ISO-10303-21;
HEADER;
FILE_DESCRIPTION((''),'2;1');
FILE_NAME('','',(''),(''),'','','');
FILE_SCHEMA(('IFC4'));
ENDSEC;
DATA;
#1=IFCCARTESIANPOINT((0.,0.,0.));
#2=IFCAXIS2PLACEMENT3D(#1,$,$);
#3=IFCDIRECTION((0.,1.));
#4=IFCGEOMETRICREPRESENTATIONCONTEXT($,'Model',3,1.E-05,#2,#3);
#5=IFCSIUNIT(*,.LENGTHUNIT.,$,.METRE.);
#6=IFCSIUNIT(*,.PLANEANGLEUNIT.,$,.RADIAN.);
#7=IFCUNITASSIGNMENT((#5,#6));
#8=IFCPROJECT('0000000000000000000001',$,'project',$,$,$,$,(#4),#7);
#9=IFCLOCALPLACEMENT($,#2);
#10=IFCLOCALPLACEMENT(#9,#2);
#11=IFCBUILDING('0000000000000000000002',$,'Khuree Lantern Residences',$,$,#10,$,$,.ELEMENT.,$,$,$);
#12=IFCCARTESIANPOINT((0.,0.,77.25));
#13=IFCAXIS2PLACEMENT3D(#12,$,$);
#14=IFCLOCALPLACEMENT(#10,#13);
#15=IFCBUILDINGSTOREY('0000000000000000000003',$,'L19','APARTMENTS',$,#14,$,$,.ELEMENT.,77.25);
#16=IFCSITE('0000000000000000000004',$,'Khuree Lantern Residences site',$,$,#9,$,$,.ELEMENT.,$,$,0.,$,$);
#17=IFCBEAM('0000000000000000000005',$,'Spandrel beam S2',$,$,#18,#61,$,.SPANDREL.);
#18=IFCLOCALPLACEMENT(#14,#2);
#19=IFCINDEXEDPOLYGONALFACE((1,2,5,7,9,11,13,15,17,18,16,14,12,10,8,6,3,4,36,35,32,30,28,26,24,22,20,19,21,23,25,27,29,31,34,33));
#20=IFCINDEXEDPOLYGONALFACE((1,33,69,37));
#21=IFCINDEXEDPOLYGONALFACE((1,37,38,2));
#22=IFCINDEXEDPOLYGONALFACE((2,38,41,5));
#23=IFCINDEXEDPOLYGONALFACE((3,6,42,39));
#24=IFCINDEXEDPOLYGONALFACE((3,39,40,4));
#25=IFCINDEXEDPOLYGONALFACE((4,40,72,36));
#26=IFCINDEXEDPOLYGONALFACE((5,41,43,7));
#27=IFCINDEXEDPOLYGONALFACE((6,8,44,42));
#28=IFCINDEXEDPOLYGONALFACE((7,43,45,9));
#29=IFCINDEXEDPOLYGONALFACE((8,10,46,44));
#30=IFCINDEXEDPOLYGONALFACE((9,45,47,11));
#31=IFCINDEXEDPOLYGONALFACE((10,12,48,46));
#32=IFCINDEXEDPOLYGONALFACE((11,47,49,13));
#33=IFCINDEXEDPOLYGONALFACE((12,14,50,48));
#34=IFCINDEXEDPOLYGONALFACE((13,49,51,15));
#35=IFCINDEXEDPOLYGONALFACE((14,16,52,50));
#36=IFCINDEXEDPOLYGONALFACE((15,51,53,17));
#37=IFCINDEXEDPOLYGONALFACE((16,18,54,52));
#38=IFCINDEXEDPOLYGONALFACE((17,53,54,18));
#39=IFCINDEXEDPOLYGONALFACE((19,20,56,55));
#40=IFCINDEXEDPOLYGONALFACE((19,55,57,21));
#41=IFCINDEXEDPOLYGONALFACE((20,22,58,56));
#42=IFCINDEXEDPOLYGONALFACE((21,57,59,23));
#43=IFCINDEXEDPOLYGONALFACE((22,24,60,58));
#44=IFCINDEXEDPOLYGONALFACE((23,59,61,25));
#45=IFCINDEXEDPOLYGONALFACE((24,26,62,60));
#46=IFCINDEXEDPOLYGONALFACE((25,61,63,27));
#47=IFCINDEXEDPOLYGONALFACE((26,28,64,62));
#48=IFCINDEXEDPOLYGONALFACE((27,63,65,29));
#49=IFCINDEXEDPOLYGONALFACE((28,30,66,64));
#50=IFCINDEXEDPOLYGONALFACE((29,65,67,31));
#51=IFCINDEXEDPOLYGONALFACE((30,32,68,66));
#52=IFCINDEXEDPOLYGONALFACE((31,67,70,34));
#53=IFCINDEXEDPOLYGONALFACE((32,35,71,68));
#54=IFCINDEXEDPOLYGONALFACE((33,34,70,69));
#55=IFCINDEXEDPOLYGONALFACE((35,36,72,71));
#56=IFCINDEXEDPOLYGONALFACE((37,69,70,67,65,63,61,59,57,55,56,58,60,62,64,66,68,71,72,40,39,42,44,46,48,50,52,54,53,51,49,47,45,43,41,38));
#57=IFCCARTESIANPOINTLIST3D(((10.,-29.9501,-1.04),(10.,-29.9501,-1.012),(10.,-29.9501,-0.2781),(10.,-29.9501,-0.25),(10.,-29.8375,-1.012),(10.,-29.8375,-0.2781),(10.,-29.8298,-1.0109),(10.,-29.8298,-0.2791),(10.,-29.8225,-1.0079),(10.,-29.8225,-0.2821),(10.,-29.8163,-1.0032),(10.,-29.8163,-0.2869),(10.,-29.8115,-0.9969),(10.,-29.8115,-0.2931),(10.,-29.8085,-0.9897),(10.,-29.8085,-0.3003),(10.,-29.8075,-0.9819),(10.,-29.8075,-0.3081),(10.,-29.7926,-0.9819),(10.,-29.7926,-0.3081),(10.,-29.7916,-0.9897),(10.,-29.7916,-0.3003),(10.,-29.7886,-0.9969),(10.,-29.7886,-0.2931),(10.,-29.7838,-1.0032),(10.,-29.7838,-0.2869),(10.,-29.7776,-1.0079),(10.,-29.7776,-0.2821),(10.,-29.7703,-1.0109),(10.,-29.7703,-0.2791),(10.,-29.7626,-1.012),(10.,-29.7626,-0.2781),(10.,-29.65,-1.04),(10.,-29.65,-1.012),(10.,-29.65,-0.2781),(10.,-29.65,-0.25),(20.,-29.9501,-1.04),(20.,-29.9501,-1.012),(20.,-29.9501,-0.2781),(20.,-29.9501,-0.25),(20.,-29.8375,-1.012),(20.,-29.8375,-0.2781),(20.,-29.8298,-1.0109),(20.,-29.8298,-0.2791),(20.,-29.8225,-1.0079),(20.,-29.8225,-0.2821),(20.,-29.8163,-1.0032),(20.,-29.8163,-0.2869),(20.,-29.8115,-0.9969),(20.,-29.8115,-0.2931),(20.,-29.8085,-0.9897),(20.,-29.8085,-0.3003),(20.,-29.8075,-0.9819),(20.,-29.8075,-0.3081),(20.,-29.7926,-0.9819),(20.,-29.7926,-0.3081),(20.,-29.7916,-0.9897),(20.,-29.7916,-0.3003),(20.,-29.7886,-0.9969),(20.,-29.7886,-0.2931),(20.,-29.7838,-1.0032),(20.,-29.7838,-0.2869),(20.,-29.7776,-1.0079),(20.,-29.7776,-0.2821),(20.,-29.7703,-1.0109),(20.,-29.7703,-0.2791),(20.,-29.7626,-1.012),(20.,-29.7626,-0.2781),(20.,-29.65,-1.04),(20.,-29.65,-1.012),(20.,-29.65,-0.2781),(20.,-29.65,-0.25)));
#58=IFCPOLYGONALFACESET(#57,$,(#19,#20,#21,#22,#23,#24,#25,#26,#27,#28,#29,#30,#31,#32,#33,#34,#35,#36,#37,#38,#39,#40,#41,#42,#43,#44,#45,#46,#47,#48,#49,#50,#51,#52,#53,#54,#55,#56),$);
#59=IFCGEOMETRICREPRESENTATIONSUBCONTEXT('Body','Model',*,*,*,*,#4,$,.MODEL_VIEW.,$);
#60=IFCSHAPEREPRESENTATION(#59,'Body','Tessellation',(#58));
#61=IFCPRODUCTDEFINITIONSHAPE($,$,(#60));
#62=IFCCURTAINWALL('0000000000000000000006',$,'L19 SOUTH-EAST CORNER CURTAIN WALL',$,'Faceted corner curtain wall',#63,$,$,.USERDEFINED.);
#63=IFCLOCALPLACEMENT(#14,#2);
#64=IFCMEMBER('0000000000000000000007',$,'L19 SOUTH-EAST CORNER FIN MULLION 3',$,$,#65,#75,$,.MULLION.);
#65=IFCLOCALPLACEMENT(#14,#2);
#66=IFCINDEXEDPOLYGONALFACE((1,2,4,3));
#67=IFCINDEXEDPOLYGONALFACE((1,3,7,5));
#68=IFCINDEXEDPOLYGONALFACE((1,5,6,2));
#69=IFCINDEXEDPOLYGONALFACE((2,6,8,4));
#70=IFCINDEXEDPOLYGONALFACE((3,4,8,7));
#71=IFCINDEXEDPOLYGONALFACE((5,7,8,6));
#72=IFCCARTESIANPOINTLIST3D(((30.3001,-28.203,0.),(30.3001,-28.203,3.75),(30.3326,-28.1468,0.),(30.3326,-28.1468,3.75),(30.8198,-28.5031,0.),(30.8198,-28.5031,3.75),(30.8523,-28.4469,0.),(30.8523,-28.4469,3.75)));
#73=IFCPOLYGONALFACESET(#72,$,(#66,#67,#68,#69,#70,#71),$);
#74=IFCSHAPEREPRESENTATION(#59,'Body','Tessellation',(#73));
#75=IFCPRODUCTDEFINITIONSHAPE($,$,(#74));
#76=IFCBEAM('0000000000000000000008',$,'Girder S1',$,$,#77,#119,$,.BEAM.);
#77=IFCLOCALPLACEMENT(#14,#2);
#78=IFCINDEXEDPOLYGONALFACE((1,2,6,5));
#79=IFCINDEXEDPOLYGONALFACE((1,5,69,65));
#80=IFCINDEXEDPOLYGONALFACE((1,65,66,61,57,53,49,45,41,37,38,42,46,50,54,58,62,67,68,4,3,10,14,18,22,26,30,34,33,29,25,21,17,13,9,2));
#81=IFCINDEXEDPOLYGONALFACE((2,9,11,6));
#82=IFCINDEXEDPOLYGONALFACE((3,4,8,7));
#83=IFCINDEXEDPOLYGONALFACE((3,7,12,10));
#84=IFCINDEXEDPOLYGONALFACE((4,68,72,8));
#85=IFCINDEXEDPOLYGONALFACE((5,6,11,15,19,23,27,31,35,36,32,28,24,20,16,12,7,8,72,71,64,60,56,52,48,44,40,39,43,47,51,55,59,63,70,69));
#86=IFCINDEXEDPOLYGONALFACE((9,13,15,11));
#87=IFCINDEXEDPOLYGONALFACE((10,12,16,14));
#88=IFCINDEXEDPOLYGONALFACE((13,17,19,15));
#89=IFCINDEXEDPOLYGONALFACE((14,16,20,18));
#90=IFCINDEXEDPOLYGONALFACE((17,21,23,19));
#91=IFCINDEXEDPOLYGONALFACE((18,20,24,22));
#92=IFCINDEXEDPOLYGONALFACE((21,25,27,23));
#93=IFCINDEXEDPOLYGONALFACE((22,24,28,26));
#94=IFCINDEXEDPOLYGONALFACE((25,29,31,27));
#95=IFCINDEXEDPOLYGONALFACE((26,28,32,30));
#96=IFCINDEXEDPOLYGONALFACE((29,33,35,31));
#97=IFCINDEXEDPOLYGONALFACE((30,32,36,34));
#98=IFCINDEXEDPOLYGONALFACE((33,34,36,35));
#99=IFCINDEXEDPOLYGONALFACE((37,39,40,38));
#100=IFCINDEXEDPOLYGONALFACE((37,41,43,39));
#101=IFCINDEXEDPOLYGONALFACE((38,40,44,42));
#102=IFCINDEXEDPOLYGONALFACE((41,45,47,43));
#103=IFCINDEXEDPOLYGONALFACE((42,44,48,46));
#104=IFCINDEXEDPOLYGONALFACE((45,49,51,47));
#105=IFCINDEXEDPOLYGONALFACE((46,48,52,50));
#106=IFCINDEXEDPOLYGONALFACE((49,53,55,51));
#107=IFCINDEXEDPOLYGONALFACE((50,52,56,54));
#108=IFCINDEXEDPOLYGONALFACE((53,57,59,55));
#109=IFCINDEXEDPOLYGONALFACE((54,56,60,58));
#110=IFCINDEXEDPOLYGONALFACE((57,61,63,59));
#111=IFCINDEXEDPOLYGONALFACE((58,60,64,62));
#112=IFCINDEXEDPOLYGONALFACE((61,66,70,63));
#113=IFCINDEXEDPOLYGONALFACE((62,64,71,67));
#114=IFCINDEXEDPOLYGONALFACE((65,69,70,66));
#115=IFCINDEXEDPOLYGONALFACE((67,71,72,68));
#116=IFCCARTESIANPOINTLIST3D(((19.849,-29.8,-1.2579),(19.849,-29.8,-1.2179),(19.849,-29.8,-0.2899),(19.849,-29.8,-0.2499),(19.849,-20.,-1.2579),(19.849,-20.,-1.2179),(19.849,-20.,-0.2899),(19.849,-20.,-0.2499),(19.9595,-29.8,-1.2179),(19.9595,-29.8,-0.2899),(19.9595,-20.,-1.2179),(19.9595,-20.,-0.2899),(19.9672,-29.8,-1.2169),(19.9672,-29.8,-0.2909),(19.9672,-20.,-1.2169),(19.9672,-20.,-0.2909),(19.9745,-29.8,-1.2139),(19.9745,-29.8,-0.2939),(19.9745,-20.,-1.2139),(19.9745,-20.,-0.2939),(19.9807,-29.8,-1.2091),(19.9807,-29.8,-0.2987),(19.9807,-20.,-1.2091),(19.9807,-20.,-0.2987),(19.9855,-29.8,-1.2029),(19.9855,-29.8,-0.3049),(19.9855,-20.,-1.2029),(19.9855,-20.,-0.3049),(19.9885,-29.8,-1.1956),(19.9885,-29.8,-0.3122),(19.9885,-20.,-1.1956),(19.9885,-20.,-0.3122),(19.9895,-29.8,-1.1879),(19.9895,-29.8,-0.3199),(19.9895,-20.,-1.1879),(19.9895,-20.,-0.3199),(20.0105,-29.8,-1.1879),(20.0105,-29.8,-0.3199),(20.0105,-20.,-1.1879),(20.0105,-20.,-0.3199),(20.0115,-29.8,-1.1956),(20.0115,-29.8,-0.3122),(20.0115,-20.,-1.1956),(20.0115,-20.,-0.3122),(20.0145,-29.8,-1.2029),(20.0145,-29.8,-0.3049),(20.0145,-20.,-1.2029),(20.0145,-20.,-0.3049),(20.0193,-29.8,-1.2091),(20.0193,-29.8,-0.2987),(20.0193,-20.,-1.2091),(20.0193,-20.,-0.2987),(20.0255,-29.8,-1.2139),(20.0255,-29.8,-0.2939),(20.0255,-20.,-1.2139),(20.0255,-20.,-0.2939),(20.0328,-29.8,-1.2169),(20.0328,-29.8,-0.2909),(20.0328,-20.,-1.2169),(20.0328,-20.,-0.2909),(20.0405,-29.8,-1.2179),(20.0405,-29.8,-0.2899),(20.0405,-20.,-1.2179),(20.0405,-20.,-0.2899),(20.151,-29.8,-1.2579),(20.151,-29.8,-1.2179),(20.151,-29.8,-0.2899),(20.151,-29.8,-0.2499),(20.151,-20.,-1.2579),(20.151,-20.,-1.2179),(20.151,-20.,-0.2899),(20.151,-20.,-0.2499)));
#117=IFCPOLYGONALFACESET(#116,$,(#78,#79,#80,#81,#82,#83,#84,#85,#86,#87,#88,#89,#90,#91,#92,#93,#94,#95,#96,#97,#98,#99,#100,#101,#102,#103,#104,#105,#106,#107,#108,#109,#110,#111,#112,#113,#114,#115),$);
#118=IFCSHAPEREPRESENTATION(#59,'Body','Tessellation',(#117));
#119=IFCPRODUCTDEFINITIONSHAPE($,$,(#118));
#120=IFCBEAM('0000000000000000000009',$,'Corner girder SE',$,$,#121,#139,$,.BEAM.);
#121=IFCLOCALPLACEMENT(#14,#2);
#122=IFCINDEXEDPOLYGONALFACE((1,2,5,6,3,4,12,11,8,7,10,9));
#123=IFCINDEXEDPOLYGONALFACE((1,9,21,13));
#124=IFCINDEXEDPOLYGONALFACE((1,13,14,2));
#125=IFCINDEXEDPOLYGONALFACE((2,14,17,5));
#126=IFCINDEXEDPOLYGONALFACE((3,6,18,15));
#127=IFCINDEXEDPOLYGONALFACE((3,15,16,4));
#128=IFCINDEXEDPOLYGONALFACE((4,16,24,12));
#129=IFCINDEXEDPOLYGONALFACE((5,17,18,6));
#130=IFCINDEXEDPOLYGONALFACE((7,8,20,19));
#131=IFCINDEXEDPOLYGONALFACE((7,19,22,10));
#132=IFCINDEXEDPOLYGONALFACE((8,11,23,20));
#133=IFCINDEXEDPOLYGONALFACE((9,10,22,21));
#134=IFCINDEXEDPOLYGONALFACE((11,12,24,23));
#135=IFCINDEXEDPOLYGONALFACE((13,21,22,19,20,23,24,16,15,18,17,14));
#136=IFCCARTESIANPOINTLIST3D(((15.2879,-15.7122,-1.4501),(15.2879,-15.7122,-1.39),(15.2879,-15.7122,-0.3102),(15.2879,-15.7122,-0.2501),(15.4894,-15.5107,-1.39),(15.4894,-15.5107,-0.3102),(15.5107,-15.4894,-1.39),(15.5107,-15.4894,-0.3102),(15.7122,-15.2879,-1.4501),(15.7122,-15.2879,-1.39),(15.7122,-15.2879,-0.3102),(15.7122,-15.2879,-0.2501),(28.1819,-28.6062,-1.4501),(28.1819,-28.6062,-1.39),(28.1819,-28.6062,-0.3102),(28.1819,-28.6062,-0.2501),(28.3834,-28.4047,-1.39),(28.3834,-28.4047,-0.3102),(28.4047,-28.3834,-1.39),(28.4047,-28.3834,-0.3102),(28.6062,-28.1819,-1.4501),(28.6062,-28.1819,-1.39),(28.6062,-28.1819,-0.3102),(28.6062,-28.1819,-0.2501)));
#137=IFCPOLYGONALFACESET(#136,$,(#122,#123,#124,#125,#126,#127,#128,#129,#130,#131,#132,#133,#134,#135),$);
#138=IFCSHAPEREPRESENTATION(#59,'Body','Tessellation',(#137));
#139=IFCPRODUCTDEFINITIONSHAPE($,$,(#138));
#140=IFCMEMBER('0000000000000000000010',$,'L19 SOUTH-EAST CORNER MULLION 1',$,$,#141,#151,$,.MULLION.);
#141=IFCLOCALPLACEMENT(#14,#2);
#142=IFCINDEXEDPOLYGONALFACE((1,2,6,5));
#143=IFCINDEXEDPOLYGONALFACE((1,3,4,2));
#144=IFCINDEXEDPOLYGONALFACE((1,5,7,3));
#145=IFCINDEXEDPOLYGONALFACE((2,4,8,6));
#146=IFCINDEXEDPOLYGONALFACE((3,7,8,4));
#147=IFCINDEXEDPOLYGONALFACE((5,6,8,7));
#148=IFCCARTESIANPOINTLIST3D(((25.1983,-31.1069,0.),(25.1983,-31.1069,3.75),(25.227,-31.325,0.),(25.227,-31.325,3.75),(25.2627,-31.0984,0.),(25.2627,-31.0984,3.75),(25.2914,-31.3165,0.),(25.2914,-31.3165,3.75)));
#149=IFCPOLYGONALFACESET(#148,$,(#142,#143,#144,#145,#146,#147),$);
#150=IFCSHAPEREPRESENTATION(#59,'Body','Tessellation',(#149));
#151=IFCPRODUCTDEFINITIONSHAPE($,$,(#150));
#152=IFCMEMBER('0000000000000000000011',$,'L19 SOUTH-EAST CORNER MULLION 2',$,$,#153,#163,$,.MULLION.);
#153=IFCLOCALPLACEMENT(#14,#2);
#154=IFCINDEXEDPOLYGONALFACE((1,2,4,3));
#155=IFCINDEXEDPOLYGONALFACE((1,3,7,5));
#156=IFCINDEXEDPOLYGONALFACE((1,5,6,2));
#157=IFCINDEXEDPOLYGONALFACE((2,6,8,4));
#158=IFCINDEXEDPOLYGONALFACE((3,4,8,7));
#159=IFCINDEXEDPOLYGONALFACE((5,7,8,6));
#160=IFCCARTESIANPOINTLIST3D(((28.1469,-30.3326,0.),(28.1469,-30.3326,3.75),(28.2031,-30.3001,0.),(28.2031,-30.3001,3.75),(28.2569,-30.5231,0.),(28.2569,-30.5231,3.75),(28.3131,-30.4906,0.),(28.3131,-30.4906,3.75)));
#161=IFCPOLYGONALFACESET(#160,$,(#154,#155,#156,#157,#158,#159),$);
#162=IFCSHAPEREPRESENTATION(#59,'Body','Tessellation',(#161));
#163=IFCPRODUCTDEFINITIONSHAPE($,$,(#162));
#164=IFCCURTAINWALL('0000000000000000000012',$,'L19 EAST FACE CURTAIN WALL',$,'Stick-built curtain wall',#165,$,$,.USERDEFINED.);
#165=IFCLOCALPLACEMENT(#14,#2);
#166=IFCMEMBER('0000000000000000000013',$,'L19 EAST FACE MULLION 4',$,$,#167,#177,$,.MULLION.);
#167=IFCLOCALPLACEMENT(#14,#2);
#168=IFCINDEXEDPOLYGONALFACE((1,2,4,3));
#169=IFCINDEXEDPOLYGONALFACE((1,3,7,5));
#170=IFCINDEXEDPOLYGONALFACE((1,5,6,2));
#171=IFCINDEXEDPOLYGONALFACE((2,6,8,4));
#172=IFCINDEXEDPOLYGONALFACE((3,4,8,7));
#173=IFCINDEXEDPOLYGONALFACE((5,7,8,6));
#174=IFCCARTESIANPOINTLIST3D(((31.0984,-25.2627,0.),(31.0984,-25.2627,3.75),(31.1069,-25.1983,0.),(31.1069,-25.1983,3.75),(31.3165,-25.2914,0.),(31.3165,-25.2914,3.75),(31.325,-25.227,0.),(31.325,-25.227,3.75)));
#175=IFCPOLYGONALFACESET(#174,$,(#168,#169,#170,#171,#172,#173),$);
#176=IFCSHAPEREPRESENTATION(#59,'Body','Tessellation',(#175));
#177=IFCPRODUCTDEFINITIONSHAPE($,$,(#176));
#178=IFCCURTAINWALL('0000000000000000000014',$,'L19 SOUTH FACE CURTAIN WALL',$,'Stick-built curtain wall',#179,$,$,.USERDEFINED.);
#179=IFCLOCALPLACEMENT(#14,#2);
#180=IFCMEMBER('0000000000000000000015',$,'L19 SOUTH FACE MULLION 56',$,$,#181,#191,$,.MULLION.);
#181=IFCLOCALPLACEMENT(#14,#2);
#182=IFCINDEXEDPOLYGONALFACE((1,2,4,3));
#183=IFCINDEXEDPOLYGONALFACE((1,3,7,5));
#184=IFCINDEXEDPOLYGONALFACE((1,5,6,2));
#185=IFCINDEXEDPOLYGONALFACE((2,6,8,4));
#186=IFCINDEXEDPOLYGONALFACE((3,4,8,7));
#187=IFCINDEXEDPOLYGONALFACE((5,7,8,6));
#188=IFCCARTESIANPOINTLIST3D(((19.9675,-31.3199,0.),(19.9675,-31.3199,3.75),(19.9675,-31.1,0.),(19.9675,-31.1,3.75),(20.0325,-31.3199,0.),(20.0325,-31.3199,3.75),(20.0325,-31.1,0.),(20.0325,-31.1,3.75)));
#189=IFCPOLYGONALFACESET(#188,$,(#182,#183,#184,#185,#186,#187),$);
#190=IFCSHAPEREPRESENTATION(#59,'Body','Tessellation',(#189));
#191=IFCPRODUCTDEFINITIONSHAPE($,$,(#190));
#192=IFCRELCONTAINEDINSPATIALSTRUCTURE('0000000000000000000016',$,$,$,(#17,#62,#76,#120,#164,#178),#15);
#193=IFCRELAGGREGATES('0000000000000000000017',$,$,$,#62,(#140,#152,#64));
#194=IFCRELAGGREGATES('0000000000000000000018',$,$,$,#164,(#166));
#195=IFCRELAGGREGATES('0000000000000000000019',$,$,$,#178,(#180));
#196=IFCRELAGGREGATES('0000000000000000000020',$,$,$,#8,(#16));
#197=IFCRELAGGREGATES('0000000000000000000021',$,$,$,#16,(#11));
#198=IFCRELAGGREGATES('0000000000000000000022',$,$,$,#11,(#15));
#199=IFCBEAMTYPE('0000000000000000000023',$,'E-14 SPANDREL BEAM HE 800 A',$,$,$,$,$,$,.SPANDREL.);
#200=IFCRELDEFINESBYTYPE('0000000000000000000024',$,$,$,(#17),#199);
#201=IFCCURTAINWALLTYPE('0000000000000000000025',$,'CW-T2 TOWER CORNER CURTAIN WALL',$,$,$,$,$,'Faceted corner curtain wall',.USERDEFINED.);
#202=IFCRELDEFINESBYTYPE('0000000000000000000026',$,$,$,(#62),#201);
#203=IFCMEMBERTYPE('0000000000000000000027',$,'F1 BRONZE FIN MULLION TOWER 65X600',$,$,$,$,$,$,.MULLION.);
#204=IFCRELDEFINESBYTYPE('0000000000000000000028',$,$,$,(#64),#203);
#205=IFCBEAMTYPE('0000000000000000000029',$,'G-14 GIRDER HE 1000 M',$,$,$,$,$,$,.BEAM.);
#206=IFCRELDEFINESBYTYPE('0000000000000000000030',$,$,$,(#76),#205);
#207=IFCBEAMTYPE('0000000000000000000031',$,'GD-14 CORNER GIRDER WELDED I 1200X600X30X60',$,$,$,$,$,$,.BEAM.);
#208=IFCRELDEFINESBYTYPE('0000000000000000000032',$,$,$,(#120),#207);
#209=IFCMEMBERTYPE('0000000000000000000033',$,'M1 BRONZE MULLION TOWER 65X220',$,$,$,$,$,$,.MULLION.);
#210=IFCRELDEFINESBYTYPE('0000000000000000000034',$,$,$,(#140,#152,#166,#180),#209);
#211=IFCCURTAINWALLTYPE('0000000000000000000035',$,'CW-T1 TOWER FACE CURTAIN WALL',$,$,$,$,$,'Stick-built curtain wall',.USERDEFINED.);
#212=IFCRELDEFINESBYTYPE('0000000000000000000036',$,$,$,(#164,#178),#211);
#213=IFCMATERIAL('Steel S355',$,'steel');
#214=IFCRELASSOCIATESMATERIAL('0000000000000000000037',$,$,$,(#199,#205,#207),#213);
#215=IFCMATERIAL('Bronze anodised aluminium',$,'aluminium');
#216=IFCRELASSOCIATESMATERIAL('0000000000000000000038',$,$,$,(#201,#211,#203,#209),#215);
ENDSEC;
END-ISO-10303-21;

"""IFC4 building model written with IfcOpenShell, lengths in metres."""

from ifc_helpers import new_model, si_unit, direction, frame, origin, origin_2d, place, context, subcontext, project, spatial, rectangle, i_section, extrude, material, material_profile, profile_set, type_object, element, aggregate, save


model = new_model("IFC4")

# Units and contexts
model_context = context("Model", 3, precision=1e-05, world=origin(), true_north=direction((0.0, 1.0)))
body_context = subcontext(model_context, "Body", "Model", "MODEL_VIEW")
ifc_project = project(units=[si_unit("LENGTHUNIT", "METRE"), si_unit("PLANEANGLEUNIT", "RADIAN")], contexts=[model_context])

# Site, building, storey
site_placement = place(None, origin())
site = spatial("IfcSite", under=ifc_project, at=site_placement, Name="Khuree Lantern Residences site", CompositionType="ELEMENT", RefElevation=0.0)
building_placement = place(site_placement, origin())
building = spatial("IfcBuilding", under=site, at=building_placement, Name="Khuree Lantern Residences", CompositionType="ELEMENT")
storey_placement = place(building_placement, frame((0.0, 0.0, 77.25)))
storey = spatial("IfcBuildingStorey", under=building, at=storey_placement, Name="L19", Description="APARTMENTS", CompositionType="ELEMENT", Elevation=77.25)

# Beam
ifc_material_1 = material(Name="Steel S355", Category="steel")
ifc_material_profile_1 = material_profile(ifc_material_1, i_section(OverallWidth=0.3, OverallDepth=0.79, WebThickness=0.0149, FlangeThickness=0.0281, FilletRadius=0.03, at=origin_2d()), Name="HE 800 A")
ifc_profile_set_1 = profile_set([ifc_material_profile_1], Name="Steel S355")
beam_type_1 = type_object("IfcBeamType", Name="E-14 SPANDREL BEAM HE 800 A", PredefinedType="SPANDREL", material=ifc_profile_set_1)
beam_1_placement = place(storey_placement, frame((20.0, -29.8, -0.645), z_axis=(-1.0, 0.0, 0.0), x_axis=(0.0, -1.0, 0.0)))
element("IfcBeam", 1, at=beam_1_placement, inside=storey, type_object=beam_type_1, Name="Spandrel beam S2", PredefinedType="SPANDREL", context=body_context, shape_type="SweptSolid", body=[
    extrude(i_section(OverallWidth=0.3, OverallDepth=0.79, WebThickness=0.0149, FlangeThickness=0.0281, FilletRadius=0.03, at=origin_2d()), origin(), (0.0, 0.0, 1.0), 10.0),
])

# Curtain wall, member
ifc_material_2 = material(Name="Bronze anodised aluminium", Category="aluminium")
curtain_wall_type_1 = type_object("IfcCurtainWallType", Name="CW-T2 TOWER CORNER CURTAIN WALL", ElementType="Faceted corner curtain wall", PredefinedType="USERDEFINED", material=ifc_material_2)
curtain_wall_1_placement = place(storey_placement, origin())
curtain_wall_1 = element("IfcCurtainWall", 2, at=curtain_wall_1_placement, inside=storey, type_object=curtain_wall_type_1, Name="L19 SOUTH-EAST CORNER CURTAIN WALL", ObjectType="Faceted corner curtain wall", PredefinedType="USERDEFINED")
ifc_material_profile_2 = material_profile(ifc_material_2, rectangle(XDim=0.0649, YDim=0.6001, at=origin_2d()), Name="F1 65X600")
ifc_profile_set_2 = profile_set([ifc_material_profile_2], Name="Bronze anodised aluminium")
member_type_1 = type_object("IfcMemberType", Name="F1 BRONZE FIN MULLION TOWER 65X600", PredefinedType="MULLION", material=ifc_profile_set_2)
member_1_placement = place(storey_placement, frame((30.5762, -28.325, 0.0), z_axis=(0.0, 0.0, 1.0), x_axis=(0.5, 0.866025, 0.0)))
member_1 = element("IfcMember", 3, at=member_1_placement, type_object=member_type_1, Name="L19 SOUTH-EAST CORNER FIN MULLION 3", PredefinedType="MULLION", context=body_context, shape_type="SweptSolid", body=[
    extrude(rectangle(XDim=0.0649, YDim=0.6001, at=origin_2d()), origin(), (0.0, 0.0, 1.0), 3.75),
])

# Beams
ifc_material_profile_3 = material_profile(ifc_material_1, i_section(OverallWidth=0.302, OverallDepth=1.0081, WebThickness=0.021, FlangeThickness=0.04, FilletRadius=0.03, at=origin_2d()), Name="HE 1000 M")
ifc_profile_set_3 = profile_set([ifc_material_profile_3], Name="Steel S355")
beam_type_2 = type_object("IfcBeamType", Name="G-14 GIRDER HE 1000 M", PredefinedType="BEAM", material=ifc_profile_set_3)
beam_2_placement = place(storey_placement, frame((20.0, -29.8, -0.7539), z_axis=(0.0, 1.0, 0.0), x_axis=(-1.0, 0.0, 0.0)))
element("IfcBeam", 4, at=beam_2_placement, inside=storey, type_object=beam_type_2, Name="Girder S1", PredefinedType="BEAM", context=body_context, shape_type="SweptSolid", body=[
    extrude(i_section(OverallWidth=0.302, OverallDepth=1.0081, WebThickness=0.021, FlangeThickness=0.04, FilletRadius=0.03, at=origin_2d()), origin(), (0.0, 0.0, 1.0), 9.8),
])
ifc_material_profile_4 = material_profile(ifc_material_1, i_section(OverallWidth=0.6001, OverallDepth=1.2, WebThickness=0.03, FlangeThickness=0.0601, at=origin_2d()), Name="WELDED I 1200X600X30X60")
ifc_profile_set_4 = profile_set([ifc_material_profile_4], Name="Steel S355")
beam_type_3 = type_object("IfcBeamType", Name="GD-14 CORNER GIRDER WELDED I 1200X600X30X60", PredefinedType="BEAM", material=ifc_profile_set_4)
beam_3_placement = place(storey_placement, frame((28.394, -28.394, -0.8501), z_axis=(-0.707107, 0.707107, 0.0), x_axis=(-0.707107, -0.707107, 0.0)))
element("IfcBeam", 5, at=beam_3_placement, inside=storey, type_object=beam_type_3, Name="Corner girder SE", PredefinedType="BEAM", context=body_context, shape_type="SweptSolid", body=[
    extrude(i_section(OverallWidth=0.6001, OverallDepth=1.2, WebThickness=0.03, FlangeThickness=0.0601, at=origin_2d()), origin(), (0.0, 0.0, 1.0), 18.2349),
])

# Members
ifc_material_profile_5 = material_profile(ifc_material_2, rectangle(XDim=0.0649, YDim=0.22, at=origin_2d()), Name="M1 65X220")
ifc_profile_set_5 = profile_set([ifc_material_profile_5], Name="Bronze anodised aluminium")
member_type_2 = type_object("IfcMemberType", Name="M1 BRONZE MULLION TOWER 65X220", PredefinedType="MULLION", material=ifc_profile_set_5)
member_2_placement = place(storey_placement, frame((25.2449, -31.2117, 0.0), z_axis=(0.0, 0.0, 1.0), x_axis=(0.991445, 0.130526, 0.0)))
member_2 = element("IfcMember", 6, at=member_2_placement, type_object=member_type_2, Name="L19 SOUTH-EAST CORNER MULLION 1", PredefinedType="MULLION", context=body_context, shape_type="SweptSolid", body=[
    extrude(rectangle(XDim=0.0649, YDim=0.22, at=origin_2d()), origin(), (0.0, 0.0, 1.0), 3.75),
])
member_3_placement = place(storey_placement, frame((28.23, -30.4116, 0.0), z_axis=(0.0, 0.0, 1.0), x_axis=(0.866025, 0.5, 0.0)))
member_3 = element("IfcMember", 7, at=member_3_placement, type_object=member_type_2, Name="L19 SOUTH-EAST CORNER MULLION 2", PredefinedType="MULLION", context=body_context, shape_type="SweptSolid", body=[
    extrude(rectangle(XDim=0.0649, YDim=0.22, at=origin_2d()), origin(), (0.0, 0.0, 1.0), 3.75),
])

# Curtain walls, members
curtain_wall_type_2 = type_object("IfcCurtainWallType", Name="CW-T1 TOWER FACE CURTAIN WALL", ElementType="Stick-built curtain wall", PredefinedType="USERDEFINED", material=ifc_material_2)
curtain_wall_2_placement = place(storey_placement, origin())
curtain_wall_2 = element("IfcCurtainWall", 8, at=curtain_wall_2_placement, inside=storey, type_object=curtain_wall_type_2, Name="L19 EAST FACE CURTAIN WALL", ObjectType="Stick-built curtain wall", PredefinedType="USERDEFINED")
member_4_placement = place(storey_placement, frame((31.2117, -25.2449, 0.0), z_axis=(0.0, 0.0, 1.0), x_axis=(0.130526, 0.991445, 0.0)))
member_4 = element("IfcMember", 9, at=member_4_placement, type_object=member_type_2, Name="L19 EAST FACE MULLION 4", PredefinedType="MULLION", context=body_context, shape_type="SweptSolid", body=[
    extrude(rectangle(XDim=0.0649, YDim=0.22, at=origin_2d()), origin(), (0.0, 0.0, 1.0), 3.75),
])
curtain_wall_3_placement = place(storey_placement, origin())
curtain_wall_3 = element("IfcCurtainWall", 10, at=curtain_wall_3_placement, inside=storey, type_object=curtain_wall_type_2, Name="L19 SOUTH FACE CURTAIN WALL", ObjectType="Stick-built curtain wall", PredefinedType="USERDEFINED")
member_5_placement = place(storey_placement, frame((20.0, -31.21, 0.0), z_axis=(0.0, 0.0, 1.0), x_axis=(1.0, 0.0, 0.0)))
member_5 = element("IfcMember", 11, at=member_5_placement, type_object=member_type_2, Name="L19 SOUTH FACE MULLION 56", PredefinedType="MULLION", context=body_context, shape_type="SweptSolid", body=[
    extrude(rectangle(XDim=0.0649, YDim=0.22, at=origin_2d()), origin(), (0.0, 0.0, 1.0), 3.75),
])

aggregate(curtain_wall_1, [member_2, member_3, member_1])
aggregate(curtain_wall_2, [member_4])
aggregate(curtain_wall_3, [member_5])

save(model, "model.ifc")
